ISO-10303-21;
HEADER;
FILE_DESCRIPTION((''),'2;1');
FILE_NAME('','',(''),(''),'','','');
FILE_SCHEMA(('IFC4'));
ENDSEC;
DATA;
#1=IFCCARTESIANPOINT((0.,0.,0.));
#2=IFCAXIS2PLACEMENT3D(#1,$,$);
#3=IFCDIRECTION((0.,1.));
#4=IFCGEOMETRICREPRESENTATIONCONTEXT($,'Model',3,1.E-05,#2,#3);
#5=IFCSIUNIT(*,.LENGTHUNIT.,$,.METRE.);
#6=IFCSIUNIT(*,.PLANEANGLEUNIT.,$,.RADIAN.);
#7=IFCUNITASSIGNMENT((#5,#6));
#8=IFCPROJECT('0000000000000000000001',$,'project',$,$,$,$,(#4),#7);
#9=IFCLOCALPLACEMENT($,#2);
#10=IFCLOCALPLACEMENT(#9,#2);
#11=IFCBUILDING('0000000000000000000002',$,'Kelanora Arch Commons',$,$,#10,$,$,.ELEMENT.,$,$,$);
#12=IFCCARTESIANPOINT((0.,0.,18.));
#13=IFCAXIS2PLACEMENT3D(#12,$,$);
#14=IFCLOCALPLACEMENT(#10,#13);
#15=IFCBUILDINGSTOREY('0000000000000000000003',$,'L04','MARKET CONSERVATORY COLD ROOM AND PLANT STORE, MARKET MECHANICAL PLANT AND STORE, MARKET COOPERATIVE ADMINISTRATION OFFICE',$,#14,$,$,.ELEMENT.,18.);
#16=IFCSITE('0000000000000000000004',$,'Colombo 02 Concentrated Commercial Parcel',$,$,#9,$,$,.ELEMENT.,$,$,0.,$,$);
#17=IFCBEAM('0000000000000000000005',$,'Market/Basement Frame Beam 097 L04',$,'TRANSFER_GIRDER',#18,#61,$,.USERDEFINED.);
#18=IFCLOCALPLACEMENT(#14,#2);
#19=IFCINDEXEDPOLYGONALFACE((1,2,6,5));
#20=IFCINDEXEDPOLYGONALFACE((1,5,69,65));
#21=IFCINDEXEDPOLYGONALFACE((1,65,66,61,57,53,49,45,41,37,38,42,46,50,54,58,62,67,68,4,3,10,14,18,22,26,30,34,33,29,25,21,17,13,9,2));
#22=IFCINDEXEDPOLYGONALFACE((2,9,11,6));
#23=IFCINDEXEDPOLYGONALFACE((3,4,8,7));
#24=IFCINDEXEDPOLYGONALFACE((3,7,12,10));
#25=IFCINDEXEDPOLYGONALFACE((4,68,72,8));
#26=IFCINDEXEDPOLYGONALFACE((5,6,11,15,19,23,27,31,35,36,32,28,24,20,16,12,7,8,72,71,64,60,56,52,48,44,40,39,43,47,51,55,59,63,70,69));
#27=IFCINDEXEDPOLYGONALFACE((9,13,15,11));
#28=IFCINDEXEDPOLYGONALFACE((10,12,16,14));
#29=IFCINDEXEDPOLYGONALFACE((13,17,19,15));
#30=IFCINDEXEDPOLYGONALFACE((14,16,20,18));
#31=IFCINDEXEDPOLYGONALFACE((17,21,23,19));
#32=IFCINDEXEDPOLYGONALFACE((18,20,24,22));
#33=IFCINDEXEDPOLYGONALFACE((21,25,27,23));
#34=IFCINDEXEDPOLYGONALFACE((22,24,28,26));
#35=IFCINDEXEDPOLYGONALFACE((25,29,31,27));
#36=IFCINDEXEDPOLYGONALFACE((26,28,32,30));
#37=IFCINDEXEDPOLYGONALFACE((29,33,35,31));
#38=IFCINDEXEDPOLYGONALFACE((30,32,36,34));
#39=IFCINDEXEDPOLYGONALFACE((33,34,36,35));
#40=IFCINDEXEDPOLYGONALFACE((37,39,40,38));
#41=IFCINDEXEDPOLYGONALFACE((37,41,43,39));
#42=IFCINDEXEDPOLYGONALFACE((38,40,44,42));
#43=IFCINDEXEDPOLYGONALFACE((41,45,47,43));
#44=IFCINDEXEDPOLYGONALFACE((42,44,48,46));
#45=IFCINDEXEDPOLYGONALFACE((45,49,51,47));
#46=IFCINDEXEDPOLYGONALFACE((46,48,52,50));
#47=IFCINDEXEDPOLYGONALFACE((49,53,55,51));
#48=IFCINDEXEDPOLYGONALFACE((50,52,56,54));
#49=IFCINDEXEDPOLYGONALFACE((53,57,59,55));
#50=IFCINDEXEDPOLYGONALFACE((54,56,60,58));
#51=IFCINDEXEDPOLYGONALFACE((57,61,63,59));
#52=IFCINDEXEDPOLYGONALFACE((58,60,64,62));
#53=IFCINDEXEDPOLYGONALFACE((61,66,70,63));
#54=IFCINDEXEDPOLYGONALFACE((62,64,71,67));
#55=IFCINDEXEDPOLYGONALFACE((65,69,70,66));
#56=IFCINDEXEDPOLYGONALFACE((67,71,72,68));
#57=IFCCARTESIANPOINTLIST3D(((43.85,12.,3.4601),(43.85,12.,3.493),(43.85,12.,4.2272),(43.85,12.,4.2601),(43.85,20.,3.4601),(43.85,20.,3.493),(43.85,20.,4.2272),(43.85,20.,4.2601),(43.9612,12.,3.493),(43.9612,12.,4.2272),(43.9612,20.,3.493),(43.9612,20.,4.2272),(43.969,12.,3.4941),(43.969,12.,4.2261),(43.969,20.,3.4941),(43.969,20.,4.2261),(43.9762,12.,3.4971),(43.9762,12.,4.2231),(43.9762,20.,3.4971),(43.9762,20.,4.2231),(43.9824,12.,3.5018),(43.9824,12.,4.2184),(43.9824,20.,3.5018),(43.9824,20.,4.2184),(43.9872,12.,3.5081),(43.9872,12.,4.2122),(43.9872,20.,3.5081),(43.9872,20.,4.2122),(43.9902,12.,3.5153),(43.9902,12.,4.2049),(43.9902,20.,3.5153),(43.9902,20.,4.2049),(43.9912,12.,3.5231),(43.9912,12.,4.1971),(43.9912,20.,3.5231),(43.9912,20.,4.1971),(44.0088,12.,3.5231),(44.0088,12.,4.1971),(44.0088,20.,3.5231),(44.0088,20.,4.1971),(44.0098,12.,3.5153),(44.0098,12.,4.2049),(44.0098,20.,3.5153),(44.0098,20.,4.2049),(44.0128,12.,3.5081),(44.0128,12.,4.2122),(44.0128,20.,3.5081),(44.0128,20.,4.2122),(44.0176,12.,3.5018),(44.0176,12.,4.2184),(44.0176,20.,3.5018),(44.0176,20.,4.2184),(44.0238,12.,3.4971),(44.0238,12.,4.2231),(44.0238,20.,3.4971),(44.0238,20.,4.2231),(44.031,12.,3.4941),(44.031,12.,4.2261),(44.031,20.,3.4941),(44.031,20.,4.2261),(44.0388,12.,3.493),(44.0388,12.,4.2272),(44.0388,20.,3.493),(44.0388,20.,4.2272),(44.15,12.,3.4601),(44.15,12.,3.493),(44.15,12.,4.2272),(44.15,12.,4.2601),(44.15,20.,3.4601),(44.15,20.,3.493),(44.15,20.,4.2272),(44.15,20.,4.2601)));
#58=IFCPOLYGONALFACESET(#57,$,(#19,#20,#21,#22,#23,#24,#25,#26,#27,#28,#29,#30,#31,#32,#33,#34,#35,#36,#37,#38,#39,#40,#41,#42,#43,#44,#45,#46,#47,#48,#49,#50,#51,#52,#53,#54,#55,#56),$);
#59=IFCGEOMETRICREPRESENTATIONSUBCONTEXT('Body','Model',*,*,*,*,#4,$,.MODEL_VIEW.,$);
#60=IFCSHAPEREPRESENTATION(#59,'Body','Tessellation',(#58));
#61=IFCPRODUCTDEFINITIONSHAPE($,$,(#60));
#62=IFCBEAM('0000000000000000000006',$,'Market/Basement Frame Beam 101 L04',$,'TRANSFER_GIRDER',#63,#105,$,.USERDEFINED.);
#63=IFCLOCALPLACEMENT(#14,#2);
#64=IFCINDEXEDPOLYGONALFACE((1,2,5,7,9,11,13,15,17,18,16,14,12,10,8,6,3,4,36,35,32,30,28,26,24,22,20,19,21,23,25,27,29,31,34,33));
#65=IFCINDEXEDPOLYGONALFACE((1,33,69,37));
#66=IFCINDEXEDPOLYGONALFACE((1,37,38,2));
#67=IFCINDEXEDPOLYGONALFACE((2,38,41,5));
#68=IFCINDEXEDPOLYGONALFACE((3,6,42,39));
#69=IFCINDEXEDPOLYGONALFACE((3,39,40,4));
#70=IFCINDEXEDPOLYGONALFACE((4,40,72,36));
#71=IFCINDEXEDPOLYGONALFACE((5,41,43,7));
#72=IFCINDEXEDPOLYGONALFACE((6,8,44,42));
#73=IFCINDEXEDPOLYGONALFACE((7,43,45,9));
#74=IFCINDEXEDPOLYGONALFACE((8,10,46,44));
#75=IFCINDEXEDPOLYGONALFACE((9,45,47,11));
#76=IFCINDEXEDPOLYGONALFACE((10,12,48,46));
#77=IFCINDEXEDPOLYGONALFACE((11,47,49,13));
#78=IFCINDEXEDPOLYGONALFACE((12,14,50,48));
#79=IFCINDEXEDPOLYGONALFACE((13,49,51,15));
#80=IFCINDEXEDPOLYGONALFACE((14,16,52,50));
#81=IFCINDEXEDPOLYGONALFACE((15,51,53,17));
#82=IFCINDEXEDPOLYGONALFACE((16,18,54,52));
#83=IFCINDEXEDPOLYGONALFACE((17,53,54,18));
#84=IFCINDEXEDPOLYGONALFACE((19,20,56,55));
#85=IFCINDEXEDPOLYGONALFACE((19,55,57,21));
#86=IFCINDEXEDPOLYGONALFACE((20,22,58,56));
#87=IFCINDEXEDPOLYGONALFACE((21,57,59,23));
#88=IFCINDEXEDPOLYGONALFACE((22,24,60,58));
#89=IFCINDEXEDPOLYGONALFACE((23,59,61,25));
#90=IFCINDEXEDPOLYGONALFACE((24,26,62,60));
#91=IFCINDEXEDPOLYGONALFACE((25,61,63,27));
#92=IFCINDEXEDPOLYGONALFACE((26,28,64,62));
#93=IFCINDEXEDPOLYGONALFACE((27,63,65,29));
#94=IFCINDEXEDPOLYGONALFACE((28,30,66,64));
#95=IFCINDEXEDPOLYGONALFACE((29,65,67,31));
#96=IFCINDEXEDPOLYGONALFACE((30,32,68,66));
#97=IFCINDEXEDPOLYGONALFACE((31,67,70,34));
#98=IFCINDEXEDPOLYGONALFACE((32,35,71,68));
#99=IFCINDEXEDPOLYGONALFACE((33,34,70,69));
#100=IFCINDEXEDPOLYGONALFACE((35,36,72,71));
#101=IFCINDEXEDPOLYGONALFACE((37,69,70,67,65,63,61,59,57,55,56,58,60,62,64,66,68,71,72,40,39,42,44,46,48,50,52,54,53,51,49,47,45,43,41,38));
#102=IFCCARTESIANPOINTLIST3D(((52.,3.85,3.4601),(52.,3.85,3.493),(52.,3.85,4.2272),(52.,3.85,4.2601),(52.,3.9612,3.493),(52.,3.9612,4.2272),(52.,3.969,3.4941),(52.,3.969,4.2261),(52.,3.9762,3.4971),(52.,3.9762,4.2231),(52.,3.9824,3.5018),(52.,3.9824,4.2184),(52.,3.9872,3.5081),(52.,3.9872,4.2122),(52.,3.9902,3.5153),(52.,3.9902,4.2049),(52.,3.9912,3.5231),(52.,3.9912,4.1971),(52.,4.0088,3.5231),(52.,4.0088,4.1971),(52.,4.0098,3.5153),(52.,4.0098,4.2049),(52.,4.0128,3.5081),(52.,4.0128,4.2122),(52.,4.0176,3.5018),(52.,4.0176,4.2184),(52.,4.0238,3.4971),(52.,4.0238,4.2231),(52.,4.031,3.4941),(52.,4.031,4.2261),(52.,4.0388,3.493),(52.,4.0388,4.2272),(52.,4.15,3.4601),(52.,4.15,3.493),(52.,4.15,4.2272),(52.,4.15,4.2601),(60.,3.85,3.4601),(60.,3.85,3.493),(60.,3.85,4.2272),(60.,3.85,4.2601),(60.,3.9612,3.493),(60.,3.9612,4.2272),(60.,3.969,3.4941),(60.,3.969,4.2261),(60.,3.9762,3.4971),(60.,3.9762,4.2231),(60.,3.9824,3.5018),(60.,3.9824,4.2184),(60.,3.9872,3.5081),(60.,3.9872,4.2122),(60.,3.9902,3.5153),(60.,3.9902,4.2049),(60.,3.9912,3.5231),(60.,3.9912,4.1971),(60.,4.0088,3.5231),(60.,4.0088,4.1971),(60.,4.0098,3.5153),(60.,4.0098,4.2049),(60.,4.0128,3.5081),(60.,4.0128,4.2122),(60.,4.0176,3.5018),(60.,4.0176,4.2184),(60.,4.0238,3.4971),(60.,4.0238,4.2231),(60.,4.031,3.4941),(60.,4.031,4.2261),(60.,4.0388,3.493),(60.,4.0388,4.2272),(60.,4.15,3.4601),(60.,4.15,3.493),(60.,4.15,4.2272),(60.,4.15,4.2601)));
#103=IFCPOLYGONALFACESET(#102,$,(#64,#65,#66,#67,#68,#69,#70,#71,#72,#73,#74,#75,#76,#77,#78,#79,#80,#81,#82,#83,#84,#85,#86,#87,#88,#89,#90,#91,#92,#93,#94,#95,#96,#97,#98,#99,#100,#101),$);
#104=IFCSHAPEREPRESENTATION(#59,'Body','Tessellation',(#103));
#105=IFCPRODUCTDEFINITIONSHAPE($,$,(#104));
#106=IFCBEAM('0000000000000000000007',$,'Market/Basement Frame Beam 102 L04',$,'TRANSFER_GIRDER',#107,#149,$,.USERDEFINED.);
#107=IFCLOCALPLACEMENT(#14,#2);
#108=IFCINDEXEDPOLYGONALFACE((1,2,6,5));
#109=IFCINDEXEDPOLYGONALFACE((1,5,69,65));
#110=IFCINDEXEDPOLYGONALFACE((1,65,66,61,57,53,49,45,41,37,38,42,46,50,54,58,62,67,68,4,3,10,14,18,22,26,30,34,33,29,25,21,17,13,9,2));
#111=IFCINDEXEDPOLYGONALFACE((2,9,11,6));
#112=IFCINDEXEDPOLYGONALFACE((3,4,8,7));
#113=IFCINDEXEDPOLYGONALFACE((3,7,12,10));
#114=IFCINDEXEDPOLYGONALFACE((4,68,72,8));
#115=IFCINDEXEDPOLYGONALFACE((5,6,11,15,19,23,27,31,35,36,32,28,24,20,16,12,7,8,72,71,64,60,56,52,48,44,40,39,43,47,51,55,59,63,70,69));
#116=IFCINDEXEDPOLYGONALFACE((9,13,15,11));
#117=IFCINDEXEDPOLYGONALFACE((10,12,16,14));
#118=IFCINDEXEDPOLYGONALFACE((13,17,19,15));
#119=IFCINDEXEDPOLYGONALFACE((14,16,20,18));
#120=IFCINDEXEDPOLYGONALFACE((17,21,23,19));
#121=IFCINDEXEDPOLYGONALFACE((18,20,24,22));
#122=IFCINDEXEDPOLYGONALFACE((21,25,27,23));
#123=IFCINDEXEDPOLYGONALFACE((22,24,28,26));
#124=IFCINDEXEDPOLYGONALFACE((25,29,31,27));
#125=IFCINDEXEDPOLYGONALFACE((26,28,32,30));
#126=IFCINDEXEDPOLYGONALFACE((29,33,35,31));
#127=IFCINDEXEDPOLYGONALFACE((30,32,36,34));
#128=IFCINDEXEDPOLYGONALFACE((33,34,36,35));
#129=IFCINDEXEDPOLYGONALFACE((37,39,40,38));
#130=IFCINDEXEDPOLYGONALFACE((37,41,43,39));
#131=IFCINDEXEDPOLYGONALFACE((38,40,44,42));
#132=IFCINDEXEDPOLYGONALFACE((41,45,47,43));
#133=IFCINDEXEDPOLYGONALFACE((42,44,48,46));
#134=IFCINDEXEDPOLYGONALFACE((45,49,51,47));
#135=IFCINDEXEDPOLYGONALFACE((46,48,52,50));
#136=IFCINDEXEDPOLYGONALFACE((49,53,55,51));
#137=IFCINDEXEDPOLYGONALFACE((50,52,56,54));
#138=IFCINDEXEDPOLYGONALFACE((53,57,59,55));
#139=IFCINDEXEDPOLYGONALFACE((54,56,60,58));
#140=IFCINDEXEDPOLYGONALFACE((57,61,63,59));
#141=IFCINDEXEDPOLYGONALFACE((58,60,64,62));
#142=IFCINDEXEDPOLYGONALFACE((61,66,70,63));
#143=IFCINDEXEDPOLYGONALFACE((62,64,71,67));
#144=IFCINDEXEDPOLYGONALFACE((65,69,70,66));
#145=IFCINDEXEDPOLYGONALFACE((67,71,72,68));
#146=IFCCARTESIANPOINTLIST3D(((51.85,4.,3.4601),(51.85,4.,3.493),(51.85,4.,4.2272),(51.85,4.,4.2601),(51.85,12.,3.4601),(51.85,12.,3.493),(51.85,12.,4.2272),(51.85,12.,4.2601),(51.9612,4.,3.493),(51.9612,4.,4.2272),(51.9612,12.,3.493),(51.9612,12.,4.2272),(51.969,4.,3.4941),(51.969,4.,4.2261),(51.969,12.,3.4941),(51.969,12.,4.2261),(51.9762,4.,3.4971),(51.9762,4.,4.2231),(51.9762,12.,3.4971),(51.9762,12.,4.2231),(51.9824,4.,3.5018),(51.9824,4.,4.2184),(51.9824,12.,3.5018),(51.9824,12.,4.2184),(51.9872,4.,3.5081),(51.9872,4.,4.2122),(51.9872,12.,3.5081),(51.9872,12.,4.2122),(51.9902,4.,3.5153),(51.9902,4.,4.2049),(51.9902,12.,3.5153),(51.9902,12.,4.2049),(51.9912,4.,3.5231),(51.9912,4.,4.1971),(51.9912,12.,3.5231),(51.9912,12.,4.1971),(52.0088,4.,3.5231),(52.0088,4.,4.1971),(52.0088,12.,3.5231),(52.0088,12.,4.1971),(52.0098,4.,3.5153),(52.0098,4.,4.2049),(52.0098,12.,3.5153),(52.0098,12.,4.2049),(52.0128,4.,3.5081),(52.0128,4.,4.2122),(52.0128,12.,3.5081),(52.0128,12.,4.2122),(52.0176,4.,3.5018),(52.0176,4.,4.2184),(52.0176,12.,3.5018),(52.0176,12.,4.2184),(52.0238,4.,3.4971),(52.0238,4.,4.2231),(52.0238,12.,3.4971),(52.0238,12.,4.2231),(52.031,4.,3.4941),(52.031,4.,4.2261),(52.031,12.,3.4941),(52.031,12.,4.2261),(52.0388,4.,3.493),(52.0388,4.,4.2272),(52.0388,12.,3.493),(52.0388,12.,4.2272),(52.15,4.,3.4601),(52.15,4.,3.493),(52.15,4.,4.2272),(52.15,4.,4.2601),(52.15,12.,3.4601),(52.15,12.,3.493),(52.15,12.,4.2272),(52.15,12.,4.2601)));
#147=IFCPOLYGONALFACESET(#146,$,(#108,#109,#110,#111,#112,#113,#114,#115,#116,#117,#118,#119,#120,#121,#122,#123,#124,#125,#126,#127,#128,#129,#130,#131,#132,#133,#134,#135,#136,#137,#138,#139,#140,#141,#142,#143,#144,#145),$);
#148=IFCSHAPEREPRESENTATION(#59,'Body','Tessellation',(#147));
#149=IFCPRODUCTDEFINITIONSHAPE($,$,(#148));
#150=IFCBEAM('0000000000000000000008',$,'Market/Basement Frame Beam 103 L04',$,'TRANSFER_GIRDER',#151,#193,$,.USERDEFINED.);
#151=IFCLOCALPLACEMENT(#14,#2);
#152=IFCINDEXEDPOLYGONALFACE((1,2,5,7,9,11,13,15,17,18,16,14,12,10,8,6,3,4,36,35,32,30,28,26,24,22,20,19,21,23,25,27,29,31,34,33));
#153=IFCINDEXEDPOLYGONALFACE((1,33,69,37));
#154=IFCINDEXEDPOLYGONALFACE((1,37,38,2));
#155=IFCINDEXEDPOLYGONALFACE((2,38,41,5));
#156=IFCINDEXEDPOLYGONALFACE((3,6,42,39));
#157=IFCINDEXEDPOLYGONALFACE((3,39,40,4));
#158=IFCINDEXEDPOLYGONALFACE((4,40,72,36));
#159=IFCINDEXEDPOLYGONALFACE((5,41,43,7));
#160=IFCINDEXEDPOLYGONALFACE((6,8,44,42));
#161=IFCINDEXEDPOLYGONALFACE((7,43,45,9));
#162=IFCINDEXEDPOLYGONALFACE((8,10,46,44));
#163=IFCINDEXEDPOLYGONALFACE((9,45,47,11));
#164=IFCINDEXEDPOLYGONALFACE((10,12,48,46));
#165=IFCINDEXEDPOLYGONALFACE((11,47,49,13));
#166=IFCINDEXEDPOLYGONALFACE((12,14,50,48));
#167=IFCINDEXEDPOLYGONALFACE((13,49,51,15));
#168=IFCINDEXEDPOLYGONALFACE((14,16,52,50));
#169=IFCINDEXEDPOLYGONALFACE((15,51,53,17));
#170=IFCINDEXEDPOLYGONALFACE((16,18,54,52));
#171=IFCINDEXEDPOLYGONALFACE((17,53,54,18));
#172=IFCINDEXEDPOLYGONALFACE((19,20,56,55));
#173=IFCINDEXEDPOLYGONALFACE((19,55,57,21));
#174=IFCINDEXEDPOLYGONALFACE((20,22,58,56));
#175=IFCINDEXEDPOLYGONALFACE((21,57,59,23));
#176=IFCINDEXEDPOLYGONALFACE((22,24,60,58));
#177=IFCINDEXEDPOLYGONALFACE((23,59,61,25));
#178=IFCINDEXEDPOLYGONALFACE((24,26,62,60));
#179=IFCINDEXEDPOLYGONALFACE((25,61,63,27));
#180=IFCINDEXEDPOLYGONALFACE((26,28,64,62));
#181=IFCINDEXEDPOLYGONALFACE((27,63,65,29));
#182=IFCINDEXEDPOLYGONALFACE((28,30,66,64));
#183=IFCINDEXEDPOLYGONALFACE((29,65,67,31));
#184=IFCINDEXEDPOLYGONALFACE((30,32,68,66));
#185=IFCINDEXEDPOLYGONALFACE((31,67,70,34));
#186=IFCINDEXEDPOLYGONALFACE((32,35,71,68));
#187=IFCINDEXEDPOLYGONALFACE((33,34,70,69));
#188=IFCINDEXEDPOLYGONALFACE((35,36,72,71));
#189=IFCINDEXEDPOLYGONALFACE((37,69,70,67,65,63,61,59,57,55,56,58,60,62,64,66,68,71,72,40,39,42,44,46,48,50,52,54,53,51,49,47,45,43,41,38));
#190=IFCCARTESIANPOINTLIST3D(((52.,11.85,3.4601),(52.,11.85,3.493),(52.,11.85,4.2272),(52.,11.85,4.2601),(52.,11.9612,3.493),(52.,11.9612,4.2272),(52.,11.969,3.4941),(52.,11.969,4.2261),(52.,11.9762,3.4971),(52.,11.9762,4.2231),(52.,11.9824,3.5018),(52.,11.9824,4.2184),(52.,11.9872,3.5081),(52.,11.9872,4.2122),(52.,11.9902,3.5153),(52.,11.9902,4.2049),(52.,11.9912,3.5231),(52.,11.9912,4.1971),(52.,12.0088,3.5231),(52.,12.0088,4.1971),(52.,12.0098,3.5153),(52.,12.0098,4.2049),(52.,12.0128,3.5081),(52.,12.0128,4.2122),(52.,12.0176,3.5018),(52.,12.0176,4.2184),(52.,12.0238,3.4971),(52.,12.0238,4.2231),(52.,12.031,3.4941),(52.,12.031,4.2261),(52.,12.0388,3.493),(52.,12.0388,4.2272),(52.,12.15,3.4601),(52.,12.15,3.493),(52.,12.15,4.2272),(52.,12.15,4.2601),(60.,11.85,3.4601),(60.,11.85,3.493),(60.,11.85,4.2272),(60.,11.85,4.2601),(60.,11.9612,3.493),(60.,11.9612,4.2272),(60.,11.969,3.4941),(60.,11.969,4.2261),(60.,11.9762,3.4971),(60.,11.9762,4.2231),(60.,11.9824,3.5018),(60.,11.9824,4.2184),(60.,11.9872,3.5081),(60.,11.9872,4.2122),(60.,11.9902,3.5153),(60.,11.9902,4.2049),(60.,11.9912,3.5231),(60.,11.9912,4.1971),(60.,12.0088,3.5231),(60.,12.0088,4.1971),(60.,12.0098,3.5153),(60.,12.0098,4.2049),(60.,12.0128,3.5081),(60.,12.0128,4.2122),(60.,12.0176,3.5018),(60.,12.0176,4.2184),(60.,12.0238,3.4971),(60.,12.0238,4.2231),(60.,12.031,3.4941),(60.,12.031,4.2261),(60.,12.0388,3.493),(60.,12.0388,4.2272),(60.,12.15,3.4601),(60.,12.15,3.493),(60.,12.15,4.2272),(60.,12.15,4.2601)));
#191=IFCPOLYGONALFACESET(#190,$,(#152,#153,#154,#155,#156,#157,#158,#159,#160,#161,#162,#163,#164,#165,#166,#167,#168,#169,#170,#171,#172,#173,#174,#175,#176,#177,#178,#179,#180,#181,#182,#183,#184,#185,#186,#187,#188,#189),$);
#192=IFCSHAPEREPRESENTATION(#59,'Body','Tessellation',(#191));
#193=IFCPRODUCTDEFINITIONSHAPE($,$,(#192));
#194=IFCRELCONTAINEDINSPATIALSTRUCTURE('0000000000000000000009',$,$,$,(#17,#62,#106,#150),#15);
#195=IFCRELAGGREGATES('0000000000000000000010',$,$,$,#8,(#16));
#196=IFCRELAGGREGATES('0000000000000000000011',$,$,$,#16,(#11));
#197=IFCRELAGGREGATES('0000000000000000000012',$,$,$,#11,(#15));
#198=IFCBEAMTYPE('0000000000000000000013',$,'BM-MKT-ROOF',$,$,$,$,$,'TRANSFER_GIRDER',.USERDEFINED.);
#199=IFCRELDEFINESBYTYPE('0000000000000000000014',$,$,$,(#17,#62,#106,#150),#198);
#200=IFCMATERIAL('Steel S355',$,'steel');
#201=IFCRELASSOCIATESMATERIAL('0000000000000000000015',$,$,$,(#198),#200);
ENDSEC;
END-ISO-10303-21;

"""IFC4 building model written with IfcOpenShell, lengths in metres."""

from ifc_helpers import new_model, si_unit, direction, frame, origin, origin_2d, place, context, subcontext, project, spatial, i_section, extrude, material, material_profile, profile_set, type_object, element, save


model = new_model("IFC4")

# Units and contexts
model_context = context("Model", 3, precision=1e-05, world=origin(), true_north=direction((0.0, 1.0)))
body_context = subcontext(model_context, "Body", "Model", "MODEL_VIEW")
ifc_project = project(units=[si_unit("LENGTHUNIT", "METRE"), si_unit("PLANEANGLEUNIT", "RADIAN")], contexts=[model_context])

# Site, building, storey
site_placement = place(None, origin())
site = spatial("IfcSite", under=ifc_project, at=site_placement, Name="Colombo 02 Concentrated Commercial Parcel", CompositionType="ELEMENT", RefElevation=0.0)
building_placement = place(site_placement, origin())
building = spatial("IfcBuilding", under=site, at=building_placement, Name="Kelanora Arch Commons", CompositionType="ELEMENT")
storey_placement = place(building_placement, frame((0.0, 0.0, 18.0)))
storey = spatial("IfcBuildingStorey", under=building, at=storey_placement, Name="L04", Description="MARKET CONSERVATORY COLD ROOM AND PLANT STORE, MARKET MECHANICAL PLANT AND STORE, MARKET COOPERATIVE ADMINISTRATION OFFICE", CompositionType="ELEMENT", Elevation=18.0)

# Beams
ifc_material_1 = material(Name="Steel S355", Category="steel")
ifc_material_profile_1 = material_profile(ifc_material_1, i_section(OverallWidth=0.3, OverallDepth=0.8, WebThickness=0.0176, FlangeThickness=0.033, FilletRadius=0.03, at=origin_2d()), Name="HEB800")
ifc_profile_set_1 = profile_set([ifc_material_profile_1], Name="Steel S355")
beam_type = type_object("IfcBeamType", Name="BM-MKT-ROOF", ElementType="TRANSFER_GIRDER", PredefinedType="USERDEFINED", material=ifc_profile_set_1)
for number, where, z_axis, x_axis, name in (
    (1, (44.0, 12.0, 3.8601), (0.0, 1.0, 0.0), (-1.0, 0.0, 0.0), "Market/Basement Frame Beam 097 L04"),
    (2, (52.0, 4.0, 3.8601), (1.0, 0.0, 0.0), (0.0, 1.0, 0.0), "Market/Basement Frame Beam 101 L04"),
    (3, (52.0, 4.0, 3.8601), (0.0, 1.0, 0.0), (-1.0, 0.0, 0.0), "Market/Basement Frame Beam 102 L04"),
    (4, (52.0, 12.0, 3.8601), (1.0, 0.0, 0.0), (0.0, 1.0, 0.0), "Market/Basement Frame Beam 103 L04"),
):
    element("IfcBeam", number, at=place(storey_placement, frame(where, z_axis=z_axis, x_axis=x_axis)), inside=storey, type_object=beam_type, Name=name, ObjectType="TRANSFER_GIRDER", PredefinedType="USERDEFINED", context=body_context, shape_type="SweptSolid", body=[
        extrude(i_section(OverallWidth=0.3, OverallDepth=0.8, WebThickness=0.0176, FlangeThickness=0.033, FilletRadius=0.03, at=origin_2d()), origin(), (0.0, 0.0, 1.0), 8.0),
    ])

save(model, "model.ifc")
